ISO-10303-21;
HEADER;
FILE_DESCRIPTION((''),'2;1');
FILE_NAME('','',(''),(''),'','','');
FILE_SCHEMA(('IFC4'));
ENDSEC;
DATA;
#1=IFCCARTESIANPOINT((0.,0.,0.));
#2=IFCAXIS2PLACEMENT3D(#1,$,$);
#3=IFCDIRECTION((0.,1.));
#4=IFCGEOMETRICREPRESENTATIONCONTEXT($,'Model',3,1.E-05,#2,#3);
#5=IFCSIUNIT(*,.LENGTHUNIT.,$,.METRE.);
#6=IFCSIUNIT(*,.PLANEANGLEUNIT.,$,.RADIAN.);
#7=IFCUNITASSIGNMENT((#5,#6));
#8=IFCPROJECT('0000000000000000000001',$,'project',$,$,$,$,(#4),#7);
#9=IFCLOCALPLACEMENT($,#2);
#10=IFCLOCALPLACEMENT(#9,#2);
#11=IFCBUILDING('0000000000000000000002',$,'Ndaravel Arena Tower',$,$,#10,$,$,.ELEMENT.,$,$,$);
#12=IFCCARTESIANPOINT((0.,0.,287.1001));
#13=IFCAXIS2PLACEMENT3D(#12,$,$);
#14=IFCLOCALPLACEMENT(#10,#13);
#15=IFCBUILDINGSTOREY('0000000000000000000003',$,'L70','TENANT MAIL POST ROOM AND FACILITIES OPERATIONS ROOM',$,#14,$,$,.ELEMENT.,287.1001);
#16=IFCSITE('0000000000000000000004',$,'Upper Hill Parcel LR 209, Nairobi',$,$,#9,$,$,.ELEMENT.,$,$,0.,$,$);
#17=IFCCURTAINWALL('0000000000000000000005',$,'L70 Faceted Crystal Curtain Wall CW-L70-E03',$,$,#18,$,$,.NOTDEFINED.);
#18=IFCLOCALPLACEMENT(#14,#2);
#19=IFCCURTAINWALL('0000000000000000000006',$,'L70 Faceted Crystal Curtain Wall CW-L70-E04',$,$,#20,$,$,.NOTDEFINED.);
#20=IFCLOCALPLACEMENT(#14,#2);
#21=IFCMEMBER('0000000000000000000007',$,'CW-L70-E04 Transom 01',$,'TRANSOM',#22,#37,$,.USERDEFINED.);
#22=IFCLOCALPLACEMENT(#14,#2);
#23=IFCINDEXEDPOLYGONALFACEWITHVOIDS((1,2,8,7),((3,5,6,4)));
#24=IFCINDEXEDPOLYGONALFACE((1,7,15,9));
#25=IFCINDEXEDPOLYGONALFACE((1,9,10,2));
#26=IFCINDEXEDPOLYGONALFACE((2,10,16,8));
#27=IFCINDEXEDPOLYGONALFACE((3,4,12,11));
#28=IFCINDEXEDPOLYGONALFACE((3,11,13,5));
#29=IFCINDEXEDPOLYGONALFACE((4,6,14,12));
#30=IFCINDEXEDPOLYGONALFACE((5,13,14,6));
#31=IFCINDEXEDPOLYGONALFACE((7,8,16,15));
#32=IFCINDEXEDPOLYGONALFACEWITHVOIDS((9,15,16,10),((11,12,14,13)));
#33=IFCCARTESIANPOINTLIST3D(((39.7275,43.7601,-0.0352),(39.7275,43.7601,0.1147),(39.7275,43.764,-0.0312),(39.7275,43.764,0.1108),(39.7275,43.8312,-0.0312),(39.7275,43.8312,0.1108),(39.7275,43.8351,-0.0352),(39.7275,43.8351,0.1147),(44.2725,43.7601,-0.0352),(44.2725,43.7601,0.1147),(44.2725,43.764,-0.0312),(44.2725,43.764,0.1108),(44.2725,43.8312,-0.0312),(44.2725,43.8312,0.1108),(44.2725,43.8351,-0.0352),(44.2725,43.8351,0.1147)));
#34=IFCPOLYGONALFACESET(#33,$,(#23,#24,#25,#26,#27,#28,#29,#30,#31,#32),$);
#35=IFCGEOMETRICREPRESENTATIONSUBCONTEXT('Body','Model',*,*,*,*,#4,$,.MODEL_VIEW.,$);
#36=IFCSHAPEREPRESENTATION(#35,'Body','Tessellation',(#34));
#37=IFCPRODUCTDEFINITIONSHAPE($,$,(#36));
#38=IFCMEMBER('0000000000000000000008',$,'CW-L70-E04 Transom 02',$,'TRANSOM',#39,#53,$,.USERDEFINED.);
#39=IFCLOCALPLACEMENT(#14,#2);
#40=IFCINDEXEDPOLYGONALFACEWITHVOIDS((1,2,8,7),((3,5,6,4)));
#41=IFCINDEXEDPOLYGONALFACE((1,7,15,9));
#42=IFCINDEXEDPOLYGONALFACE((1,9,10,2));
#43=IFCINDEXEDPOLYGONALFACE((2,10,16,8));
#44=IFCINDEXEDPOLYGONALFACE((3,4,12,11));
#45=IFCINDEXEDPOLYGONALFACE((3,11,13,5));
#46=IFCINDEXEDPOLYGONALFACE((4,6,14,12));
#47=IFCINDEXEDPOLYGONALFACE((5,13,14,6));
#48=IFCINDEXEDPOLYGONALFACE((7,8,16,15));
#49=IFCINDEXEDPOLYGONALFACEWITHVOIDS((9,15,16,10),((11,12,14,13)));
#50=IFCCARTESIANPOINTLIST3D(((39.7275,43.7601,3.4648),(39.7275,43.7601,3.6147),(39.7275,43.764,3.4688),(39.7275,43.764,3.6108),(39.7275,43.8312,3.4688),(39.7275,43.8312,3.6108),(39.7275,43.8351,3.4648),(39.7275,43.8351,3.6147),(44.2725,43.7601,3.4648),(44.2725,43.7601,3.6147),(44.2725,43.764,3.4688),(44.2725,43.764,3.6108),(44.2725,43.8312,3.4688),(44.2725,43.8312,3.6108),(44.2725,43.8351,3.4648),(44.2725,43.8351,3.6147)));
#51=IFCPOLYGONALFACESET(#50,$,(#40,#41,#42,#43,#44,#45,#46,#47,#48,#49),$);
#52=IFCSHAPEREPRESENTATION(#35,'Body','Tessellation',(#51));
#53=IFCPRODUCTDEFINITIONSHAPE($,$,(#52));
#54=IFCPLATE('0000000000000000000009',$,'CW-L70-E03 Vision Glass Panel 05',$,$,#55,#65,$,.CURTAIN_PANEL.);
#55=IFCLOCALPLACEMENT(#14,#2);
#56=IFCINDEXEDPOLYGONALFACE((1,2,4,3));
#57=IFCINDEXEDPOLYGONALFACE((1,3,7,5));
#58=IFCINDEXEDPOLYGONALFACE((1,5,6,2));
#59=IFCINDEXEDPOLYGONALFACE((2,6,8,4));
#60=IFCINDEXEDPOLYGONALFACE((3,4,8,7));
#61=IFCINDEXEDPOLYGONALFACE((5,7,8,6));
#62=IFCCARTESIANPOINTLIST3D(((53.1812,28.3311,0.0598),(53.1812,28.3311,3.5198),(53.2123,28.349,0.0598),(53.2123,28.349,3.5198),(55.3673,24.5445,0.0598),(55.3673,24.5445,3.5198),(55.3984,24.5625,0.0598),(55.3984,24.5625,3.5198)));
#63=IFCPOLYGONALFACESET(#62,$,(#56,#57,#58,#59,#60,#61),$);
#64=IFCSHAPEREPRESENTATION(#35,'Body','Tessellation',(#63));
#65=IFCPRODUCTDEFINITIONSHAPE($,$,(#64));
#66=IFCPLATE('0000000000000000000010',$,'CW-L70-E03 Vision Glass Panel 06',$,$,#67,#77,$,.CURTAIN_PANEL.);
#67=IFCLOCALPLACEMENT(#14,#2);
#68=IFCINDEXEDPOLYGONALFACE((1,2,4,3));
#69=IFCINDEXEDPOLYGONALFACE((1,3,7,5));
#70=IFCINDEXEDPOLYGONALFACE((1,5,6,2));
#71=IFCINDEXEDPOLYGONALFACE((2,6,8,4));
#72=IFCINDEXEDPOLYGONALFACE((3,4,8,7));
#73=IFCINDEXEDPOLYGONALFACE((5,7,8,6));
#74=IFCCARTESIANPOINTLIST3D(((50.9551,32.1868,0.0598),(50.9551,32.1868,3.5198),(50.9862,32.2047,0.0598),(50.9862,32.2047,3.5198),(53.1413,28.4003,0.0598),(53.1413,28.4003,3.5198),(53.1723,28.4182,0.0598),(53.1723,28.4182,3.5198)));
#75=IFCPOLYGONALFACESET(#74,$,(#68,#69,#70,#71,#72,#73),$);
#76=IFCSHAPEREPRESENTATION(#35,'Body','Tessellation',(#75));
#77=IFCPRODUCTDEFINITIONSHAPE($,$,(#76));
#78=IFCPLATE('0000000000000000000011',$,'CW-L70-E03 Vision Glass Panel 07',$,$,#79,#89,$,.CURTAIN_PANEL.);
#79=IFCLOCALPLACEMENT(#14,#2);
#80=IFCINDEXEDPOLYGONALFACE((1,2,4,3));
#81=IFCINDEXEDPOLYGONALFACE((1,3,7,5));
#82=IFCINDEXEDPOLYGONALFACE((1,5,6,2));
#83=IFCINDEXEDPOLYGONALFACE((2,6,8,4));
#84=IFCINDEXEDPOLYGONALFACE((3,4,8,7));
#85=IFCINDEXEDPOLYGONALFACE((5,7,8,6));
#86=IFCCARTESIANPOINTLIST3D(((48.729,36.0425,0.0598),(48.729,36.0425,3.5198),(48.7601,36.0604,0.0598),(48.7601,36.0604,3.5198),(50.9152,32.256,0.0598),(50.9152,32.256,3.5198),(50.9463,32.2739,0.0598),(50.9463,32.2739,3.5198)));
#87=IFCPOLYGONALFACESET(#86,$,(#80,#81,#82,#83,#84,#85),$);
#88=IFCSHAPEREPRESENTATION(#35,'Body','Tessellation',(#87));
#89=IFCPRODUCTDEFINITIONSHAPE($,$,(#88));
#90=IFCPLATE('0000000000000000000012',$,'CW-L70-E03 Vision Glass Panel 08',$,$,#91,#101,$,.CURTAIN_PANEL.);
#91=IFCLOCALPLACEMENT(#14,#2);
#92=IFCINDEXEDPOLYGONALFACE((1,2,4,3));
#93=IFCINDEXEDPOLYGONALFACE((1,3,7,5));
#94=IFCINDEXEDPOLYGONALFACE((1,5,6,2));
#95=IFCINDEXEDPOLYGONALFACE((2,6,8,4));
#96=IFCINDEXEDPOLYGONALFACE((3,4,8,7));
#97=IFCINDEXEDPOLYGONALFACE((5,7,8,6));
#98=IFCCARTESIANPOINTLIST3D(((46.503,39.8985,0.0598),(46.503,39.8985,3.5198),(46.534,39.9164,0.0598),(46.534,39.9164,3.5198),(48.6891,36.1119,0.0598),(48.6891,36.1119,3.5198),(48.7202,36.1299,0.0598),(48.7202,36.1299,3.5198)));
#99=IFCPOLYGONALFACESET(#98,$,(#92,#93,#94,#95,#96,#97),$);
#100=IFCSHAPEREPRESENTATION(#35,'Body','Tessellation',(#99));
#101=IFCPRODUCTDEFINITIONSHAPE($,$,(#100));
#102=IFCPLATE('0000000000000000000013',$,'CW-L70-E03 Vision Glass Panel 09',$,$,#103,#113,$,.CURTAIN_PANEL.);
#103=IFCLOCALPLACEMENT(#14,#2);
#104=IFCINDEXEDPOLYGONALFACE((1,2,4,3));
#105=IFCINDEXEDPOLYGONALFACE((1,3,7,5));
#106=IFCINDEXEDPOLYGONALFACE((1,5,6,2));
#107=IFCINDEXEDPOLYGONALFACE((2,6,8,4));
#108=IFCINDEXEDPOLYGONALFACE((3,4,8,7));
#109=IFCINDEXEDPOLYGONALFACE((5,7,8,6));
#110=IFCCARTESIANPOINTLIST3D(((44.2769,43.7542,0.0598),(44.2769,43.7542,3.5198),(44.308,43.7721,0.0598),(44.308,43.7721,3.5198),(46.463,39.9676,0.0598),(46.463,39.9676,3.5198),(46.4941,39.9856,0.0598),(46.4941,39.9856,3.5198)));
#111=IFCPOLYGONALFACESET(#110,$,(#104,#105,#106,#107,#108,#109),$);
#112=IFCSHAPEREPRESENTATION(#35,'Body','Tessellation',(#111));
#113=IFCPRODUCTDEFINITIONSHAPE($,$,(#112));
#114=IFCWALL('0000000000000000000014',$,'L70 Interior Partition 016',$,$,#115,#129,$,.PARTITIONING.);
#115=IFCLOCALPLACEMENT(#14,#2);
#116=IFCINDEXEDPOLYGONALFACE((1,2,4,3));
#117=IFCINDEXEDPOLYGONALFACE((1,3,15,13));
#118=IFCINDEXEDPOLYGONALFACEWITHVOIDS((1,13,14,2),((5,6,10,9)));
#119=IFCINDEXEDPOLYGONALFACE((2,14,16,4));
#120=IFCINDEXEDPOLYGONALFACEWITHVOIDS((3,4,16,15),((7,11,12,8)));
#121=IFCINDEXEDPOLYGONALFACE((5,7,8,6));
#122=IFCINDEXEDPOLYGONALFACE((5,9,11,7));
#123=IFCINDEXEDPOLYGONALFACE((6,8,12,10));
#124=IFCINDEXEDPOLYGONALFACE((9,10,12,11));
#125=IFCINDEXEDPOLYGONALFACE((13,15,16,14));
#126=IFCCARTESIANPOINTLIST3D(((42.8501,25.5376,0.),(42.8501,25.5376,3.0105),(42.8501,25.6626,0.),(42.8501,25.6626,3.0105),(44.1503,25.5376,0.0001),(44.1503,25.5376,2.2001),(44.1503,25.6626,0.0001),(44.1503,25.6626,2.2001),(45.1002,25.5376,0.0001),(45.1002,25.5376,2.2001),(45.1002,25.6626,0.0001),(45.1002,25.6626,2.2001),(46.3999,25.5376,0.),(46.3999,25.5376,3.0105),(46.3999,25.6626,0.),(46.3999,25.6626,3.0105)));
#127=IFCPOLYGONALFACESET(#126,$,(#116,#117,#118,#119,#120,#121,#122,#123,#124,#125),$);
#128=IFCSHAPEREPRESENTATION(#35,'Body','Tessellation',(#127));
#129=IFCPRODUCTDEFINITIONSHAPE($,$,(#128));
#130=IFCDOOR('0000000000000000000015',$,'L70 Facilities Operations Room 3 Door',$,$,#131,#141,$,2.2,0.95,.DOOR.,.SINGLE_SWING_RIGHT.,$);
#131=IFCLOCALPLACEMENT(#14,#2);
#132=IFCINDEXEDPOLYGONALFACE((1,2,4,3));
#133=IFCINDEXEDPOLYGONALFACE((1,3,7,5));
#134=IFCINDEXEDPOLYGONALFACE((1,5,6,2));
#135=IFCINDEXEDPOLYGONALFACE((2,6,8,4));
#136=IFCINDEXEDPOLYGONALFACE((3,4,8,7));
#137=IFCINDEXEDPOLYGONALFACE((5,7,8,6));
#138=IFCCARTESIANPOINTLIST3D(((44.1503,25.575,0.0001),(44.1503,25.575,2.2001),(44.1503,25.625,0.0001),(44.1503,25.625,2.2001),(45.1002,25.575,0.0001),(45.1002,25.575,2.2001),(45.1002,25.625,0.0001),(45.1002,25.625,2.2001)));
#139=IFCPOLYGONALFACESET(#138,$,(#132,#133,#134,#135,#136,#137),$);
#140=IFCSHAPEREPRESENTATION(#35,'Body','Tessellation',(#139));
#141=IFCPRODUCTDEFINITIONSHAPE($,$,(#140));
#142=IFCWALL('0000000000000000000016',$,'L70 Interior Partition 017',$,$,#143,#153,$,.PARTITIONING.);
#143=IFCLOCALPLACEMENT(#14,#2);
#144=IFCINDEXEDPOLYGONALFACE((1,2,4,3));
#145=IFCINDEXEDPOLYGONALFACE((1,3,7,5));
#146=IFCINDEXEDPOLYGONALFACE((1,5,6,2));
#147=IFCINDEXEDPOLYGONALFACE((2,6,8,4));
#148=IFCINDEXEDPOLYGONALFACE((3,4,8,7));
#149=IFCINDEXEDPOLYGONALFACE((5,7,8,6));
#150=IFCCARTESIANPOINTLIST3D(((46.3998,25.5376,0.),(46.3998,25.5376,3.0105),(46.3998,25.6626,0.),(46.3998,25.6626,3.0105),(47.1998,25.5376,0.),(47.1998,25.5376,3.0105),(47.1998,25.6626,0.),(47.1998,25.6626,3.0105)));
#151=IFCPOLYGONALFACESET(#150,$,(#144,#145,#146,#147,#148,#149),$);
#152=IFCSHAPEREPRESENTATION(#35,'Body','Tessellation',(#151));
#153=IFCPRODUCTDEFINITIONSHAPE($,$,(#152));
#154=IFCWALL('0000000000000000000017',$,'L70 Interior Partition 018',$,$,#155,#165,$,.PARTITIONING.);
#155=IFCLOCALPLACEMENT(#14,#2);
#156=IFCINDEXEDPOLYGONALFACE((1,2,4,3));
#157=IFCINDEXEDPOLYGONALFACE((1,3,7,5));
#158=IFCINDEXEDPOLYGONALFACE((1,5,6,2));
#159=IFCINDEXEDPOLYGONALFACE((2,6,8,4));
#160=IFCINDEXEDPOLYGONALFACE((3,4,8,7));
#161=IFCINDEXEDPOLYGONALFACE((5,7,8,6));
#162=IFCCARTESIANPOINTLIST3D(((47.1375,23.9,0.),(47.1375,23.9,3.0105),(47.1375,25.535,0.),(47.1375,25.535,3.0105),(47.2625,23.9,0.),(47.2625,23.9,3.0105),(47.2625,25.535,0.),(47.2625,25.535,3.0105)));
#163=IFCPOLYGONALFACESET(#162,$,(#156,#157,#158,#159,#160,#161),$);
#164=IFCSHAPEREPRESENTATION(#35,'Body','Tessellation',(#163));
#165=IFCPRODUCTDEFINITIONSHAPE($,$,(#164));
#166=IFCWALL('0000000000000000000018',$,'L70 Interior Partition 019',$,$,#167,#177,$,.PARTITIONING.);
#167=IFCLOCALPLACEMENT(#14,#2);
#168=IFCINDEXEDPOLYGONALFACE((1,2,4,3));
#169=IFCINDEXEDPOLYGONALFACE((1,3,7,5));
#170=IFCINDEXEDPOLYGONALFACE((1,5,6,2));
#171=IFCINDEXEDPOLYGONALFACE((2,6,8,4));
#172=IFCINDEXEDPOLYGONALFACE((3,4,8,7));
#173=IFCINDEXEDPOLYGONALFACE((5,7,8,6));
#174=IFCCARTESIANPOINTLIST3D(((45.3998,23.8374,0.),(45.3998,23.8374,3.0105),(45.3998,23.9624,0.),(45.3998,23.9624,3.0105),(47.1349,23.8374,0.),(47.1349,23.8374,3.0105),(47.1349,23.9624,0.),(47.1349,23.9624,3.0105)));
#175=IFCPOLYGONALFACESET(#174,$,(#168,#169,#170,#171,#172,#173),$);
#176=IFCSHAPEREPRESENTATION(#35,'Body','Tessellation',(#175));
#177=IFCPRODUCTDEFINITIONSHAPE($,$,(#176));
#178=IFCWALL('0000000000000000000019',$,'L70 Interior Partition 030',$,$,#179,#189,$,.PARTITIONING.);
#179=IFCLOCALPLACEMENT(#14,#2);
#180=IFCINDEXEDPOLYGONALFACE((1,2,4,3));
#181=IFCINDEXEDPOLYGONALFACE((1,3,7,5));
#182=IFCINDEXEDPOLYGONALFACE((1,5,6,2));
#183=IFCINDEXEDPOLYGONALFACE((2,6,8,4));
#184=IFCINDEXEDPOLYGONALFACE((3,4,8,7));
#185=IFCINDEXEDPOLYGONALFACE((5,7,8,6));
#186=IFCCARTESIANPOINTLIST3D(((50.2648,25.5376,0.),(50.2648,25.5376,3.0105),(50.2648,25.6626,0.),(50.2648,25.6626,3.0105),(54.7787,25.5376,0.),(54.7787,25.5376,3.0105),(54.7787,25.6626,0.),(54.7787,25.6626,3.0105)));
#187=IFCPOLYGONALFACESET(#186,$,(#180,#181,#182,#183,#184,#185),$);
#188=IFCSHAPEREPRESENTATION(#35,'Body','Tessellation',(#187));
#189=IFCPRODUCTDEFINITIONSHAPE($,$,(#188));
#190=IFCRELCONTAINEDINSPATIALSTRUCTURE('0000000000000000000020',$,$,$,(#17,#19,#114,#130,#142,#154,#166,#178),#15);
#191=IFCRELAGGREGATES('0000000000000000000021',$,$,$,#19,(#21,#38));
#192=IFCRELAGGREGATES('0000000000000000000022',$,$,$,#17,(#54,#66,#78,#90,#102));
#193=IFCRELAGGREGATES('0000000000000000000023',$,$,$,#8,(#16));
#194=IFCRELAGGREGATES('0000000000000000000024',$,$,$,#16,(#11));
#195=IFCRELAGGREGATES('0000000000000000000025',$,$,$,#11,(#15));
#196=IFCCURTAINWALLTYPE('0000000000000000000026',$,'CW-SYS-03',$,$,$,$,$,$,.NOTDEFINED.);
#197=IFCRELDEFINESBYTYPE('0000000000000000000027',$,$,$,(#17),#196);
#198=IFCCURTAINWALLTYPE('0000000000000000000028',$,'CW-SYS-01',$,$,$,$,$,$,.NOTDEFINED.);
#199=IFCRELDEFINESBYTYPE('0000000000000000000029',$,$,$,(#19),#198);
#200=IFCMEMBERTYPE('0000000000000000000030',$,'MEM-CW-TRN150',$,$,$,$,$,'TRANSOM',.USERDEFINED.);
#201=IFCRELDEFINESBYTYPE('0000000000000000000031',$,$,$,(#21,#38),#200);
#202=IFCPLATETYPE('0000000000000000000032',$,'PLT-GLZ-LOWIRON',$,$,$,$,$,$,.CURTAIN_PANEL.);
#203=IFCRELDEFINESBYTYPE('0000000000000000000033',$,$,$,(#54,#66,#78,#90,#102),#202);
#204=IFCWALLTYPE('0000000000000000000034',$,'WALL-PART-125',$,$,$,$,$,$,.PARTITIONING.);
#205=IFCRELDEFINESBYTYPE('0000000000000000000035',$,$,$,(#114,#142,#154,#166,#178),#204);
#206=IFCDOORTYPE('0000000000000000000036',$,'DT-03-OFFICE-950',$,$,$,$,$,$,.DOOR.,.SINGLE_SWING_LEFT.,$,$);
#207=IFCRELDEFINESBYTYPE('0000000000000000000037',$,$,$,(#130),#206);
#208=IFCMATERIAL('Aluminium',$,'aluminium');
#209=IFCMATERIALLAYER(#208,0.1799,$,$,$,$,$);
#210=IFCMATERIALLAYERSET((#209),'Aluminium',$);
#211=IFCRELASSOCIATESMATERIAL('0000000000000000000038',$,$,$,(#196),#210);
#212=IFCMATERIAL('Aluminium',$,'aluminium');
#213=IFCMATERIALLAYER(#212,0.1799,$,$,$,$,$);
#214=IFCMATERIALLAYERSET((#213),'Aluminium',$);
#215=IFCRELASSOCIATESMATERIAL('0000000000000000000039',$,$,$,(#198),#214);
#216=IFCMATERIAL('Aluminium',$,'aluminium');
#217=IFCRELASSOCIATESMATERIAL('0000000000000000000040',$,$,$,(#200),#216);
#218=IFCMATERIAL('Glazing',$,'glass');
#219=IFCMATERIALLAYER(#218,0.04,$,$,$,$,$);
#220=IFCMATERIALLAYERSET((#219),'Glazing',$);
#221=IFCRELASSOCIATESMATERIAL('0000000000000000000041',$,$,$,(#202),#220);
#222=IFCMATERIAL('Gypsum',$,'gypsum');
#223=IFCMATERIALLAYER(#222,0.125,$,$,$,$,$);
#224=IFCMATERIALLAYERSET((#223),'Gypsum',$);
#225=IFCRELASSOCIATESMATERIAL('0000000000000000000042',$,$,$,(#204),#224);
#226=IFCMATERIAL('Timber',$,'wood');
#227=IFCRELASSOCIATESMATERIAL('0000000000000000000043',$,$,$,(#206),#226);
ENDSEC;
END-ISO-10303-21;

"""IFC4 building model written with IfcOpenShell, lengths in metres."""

from ifc_helpers import new_model, si_unit, direction, frame, frame_2d, origin, origin_2d, place, context, subcontext, project, spatial, rectangle, hollow_rectangle, extrude, material, layer, layer_set, material_profile, profile_set, type_object, element, fill, aggregate, save


model = new_model("IFC4")

# Units and contexts
model_context = context("Model", 3, precision=1e-05, world=origin(), true_north=direction((0.0, 1.0)))
body_context = subcontext(model_context, "Body", "Model", "MODEL_VIEW")
ifc_project = project(units=[si_unit("LENGTHUNIT", "METRE"), si_unit("PLANEANGLEUNIT", "RADIAN")], contexts=[model_context])

# Site, building, storey
site_placement = place(None, origin())
site = spatial("IfcSite", under=ifc_project, at=site_placement, Name="Upper Hill Parcel LR 209, Nairobi", CompositionType="ELEMENT", RefElevation=0.0)
building_placement = place(site_placement, origin())
building = spatial("IfcBuilding", under=site, at=building_placement, Name="Ndaravel Arena Tower", CompositionType="ELEMENT")
storey_placement = place(building_placement, frame((0.0, 0.0, 287.1001)))
storey = spatial("IfcBuildingStorey", under=building, at=storey_placement, Name="L70", Description="TENANT MAIL POST ROOM AND FACILITIES OPERATIONS ROOM", CompositionType="ELEMENT", Elevation=287.1001)

# Curtain walls, members
ifc_material_1 = material(Name="Aluminium", Category="aluminium")
ifc_layer_1 = layer(ifc_material_1, 0.1799)
ifc_layer_set_1 = layer_set([ifc_layer_1], Name="Aluminium")
curtain_wall_type_1 = type_object("IfcCurtainWallType", Name="CW-SYS-03", PredefinedType="NOTDEFINED", material=ifc_layer_set_1)
curtain_wall_1_placement = place(storey_placement, origin())
curtain_wall_1 = element("IfcCurtainWall", 1, at=curtain_wall_1_placement, inside=storey, type_object=curtain_wall_type_1, Name="L70 Faceted Crystal Curtain Wall CW-L70-E03", PredefinedType="NOTDEFINED")
ifc_material_2 = material(Name="Aluminium", Category="aluminium")
ifc_layer_2 = layer(ifc_material_2, 0.1799)
ifc_layer_set_2 = layer_set([ifc_layer_2], Name="Aluminium")
curtain_wall_type_2 = type_object("IfcCurtainWallType", Name="CW-SYS-01", PredefinedType="NOTDEFINED", material=ifc_layer_set_2)
curtain_wall_2_placement = place(storey_placement, origin())
curtain_wall_2 = element("IfcCurtainWall", 2, at=curtain_wall_2_placement, inside=storey, type_object=curtain_wall_type_2, Name="L70 Faceted Crystal Curtain Wall CW-L70-E04", PredefinedType="NOTDEFINED")
ifc_material_3 = material(Name="Aluminium", Category="aluminium")
ifc_material_profile_1 = material_profile(ifc_material_3, hollow_rectangle(XDim=0.075, YDim=0.1499, WallThickness=0.0039, at=origin_2d()), Name="CW TRANSOM 75x150x4")
ifc_profile_set_1 = profile_set([ifc_material_profile_1], Name="Aluminium")
member_type_1 = type_object("IfcMemberType", Name="MEM-CW-TRN150", ElementType="TRANSOM", PredefinedType="USERDEFINED", material=ifc_profile_set_1)
member_1_placement = place(storey_placement, frame((44.2725, 43.7976, 0.0398), z_axis=(-1.0, 0.0, 0.0), x_axis=(0.0, -1.0, 0.0)))
member_1 = element("IfcMember", 3, at=member_1_placement, type_object=member_type_1, Name="CW-L70-E04 Transom 01", ObjectType="TRANSOM", PredefinedType="USERDEFINED", context=body_context, shape_type="SweptSolid", body=[
    extrude(hollow_rectangle(XDim=0.075, YDim=0.1499, WallThickness=0.0039, at=origin_2d()), origin(), (0.0, 0.0, 1.0), 4.5449),
])
member_2_placement = place(storey_placement, frame((44.2725, 43.7976, 3.5398), z_axis=(-1.0, 0.0, 0.0), x_axis=(0.0, -1.0, 0.0)))
member_2 = element("IfcMember", 4, at=member_2_placement, type_object=member_type_1, Name="CW-L70-E04 Transom 02", ObjectType="TRANSOM", PredefinedType="USERDEFINED", context=body_context, shape_type="SweptSolid", body=[
    extrude(hollow_rectangle(XDim=0.075, YDim=0.1499, WallThickness=0.0039, at=origin_2d()), origin(), (0.0, 0.0, 1.0), 4.5449),
])
aggregate(curtain_wall_2, [member_1, member_2])

# Plates
ifc_material_4 = material(Name="Glazing", Category="glass")
ifc_layer_3 = layer(ifc_material_4, 0.04)
ifc_layer_set_3 = layer_set([ifc_layer_3], Name="Glazing")
plate_type = type_object("IfcPlateType", Name="PLT-GLZ-LOWIRON", PredefinedType="CURTAIN_PANEL", material=ifc_layer_set_3)
plate_1_placement = place(storey_placement, frame((54.2898, 26.4468, 0.0598), z_axis=(0.0, 0.0, 1.0), x_axis=(-0.5, 0.866025, 0.0)))
plate_1 = element("IfcPlate", 5, at=plate_1_placement, type_object=plate_type, Name="CW-L70-E03 Vision Glass Panel 05", PredefinedType="CURTAIN_PANEL", context=body_context, shape_type="SweptSolid", body=[
    extrude(rectangle(XDim=4.3723, YDim=0.0359, at=origin_2d()), origin(), (0.0, 0.0, 1.0), 3.46),
])
plate_2_placement = place(storey_placement, frame((52.0637, 30.3025, 0.0598), z_axis=(0.0, 0.0, 1.0), x_axis=(-0.5, 0.866025, 0.0)))
plate_2 = element("IfcPlate", 6, at=plate_2_placement, type_object=plate_type, Name="CW-L70-E03 Vision Glass Panel 06", PredefinedType="CURTAIN_PANEL", context=body_context, shape_type="SweptSolid", body=[
    extrude(rectangle(XDim=4.3723, YDim=0.0359, at=origin_2d()), origin(), (0.0, 0.0, 1.0), 3.46),
])
plate_3_placement = place(storey_placement, frame((49.8376, 34.1582, 0.0598), z_axis=(0.0, 0.0, 1.0), x_axis=(-0.5, 0.866025, 0.0)))
plate_3 = element("IfcPlate", 7, at=plate_3_placement, type_object=plate_type, Name="CW-L70-E03 Vision Glass Panel 07", PredefinedType="CURTAIN_PANEL", context=body_context, shape_type="SweptSolid", body=[
    extrude(rectangle(XDim=4.3723, YDim=0.0359, at=origin_2d()), origin(), (0.0, 0.0, 1.0), 3.46),
])
plate_4_placement = place(storey_placement, frame((47.6116, 38.0142, 0.0598), z_axis=(0.0, 0.0, 1.0), x_axis=(-0.5, 0.866025, 0.0)))
plate_4 = element("IfcPlate", 8, at=plate_4_placement, type_object=plate_type, Name="CW-L70-E03 Vision Glass Panel 08", PredefinedType="CURTAIN_PANEL", context=body_context, shape_type="SweptSolid", body=[
    extrude(rectangle(XDim=4.3723, YDim=0.0359, at=origin_2d()), origin(), (0.0, 0.0, 1.0), 3.46),
])
plate_5_placement = place(storey_placement, frame((45.3855, 41.8699, 0.0598), z_axis=(0.0, 0.0, 1.0), x_axis=(-0.5, 0.866025, 0.0)))
plate_5 = element("IfcPlate", 9, at=plate_5_placement, type_object=plate_type, Name="CW-L70-E03 Vision Glass Panel 09", PredefinedType="CURTAIN_PANEL", context=body_context, shape_type="SweptSolid", body=[
    extrude(rectangle(XDim=4.3723, YDim=0.0359, at=origin_2d()), origin(), (0.0, 0.0, 1.0), 3.46),
])
aggregate(curtain_wall_1, [plate_1, plate_2, plate_3, plate_4, plate_5])

# Wall, opening, door
ifc_material_5 = material(Name="Gypsum", Category="gypsum")
ifc_layer_4 = layer(ifc_material_5, 0.125)
ifc_layer_set_4 = layer_set([ifc_layer_4], Name="Gypsum")
wall_type_1 = type_object("IfcWallType", Name="WALL-PART-125", PredefinedType="PARTITIONING", material=ifc_layer_set_4)
wall_1_placement = place(storey_placement, frame((42.8501, 25.6001, 0.0), z_axis=(0.0, 0.0, 1.0), x_axis=(1.0, 0.0, 0.0)))
wall_1 = element("IfcWall", 10, at=wall_1_placement, inside=storey, type_object=wall_type_1, Name="L70 Interior Partition 016", PredefinedType="PARTITIONING", context=body_context, shape_type="SweptSolid", body=[
    extrude(rectangle(XDim=3.5498, YDim=0.125, at=frame_2d((1.7749, 0.0))), origin(), (0.0, 0.0, 1.0), 3.0105),
])
opening_placement = place(wall_1_placement, frame((1.3, 0.0, 0.0)))
opening = element("IfcOpeningElement", 11, at=opening_placement, cuts=wall_1, PredefinedType="OPENING", context=body_context, shape_type="SweptSolid", body=[
    extrude(rectangle(XDim=0.95, YDim=2.2, at=frame_2d((0.4751, 1.1001))), frame((0.0, 0.0625, 0.0), z_axis=(0.0, -1.0, 0.0), x_axis=(1.0, 0.0, 0.0)), (0.0, 0.0, 1.0), 0.125),
])
ifc_material_6 = material(Name="Timber", Category="wood")
door_type = type_object("IfcDoorType", Name="DT-03-OFFICE-950", OperationType="SINGLE_SWING_LEFT", PredefinedType="DOOR", material=ifc_material_6)
door_placement = place(opening_placement, origin())
door = element("IfcDoor", 12, at=door_placement, inside=storey, type_object=door_type, Name="L70 Facilities Operations Room 3 Door", OperationType="SINGLE_SWING_RIGHT", OverallHeight=2.2, OverallWidth=0.95, PredefinedType="DOOR", context=body_context, shape_type="SweptSolid", body=[
    extrude(rectangle(XDim=0.95, YDim=2.2, at=frame_2d((0.4751, 1.1001))), frame((0.0, 0.0249, 0.0), z_axis=(0.0, -1.0, 0.0), x_axis=(1.0, 0.0, 0.0)), (0.0, 0.0, 1.0), 0.05),
])
fill(opening, door)

# Walls
wall_2_placement = place(storey_placement, frame((46.3999, 25.6001, 0.0), z_axis=(0.0, 0.0, 1.0), x_axis=(1.0, 0.0, 0.0)))
element("IfcWall", 13, at=wall_2_placement, inside=storey, type_object=wall_type_1, Name="L70 Interior Partition 017", PredefinedType="PARTITIONING", context=body_context, shape_type="SweptSolid", body=[
    extrude(rectangle(XDim=0.8, YDim=0.125, at=frame_2d((0.3999, 0.0))), origin(), (0.0, 0.0, 1.0), 3.0105),
])
wall_3_placement = place(storey_placement, frame((47.2, 25.5349, 0.0), z_axis=(0.0, 0.0, 1.0), x_axis=(0.0, -1.0, 0.0)))
element("IfcWall", 14, at=wall_3_placement, inside=storey, type_object=wall_type_1, Name="L70 Interior Partition 018", PredefinedType="PARTITIONING", context=body_context, shape_type="SweptSolid", body=[
    extrude(rectangle(XDim=1.635, YDim=0.125, at=frame_2d((0.8174, 0.0))), origin(), (0.0, 0.0, 1.0), 3.0105),
])
wall_4_placement = place(storey_placement, frame((47.135, 23.8999, 0.0), z_axis=(0.0, 0.0, 1.0), x_axis=(-1.0, 0.0, 0.0)))
element("IfcWall", 15, at=wall_4_placement, inside=storey, type_object=wall_type_1, Name="L70 Interior Partition 019", PredefinedType="PARTITIONING", context=body_context, shape_type="SweptSolid", body=[
    extrude(rectangle(XDim=1.7351, YDim=0.125, at=frame_2d((0.8677, 0.0))), origin(), (0.0, 0.0, 1.0), 3.0105),
])
wall_5_placement = place(storey_placement, frame((50.2649, 25.6001, 0.0), z_axis=(0.0, 0.0, 1.0), x_axis=(1.0, 0.0, 0.0)))
element("IfcWall", 16, at=wall_5_placement, inside=storey, type_object=wall_type_1, Name="L70 Interior Partition 030", PredefinedType="PARTITIONING", context=body_context, shape_type="SweptSolid", body=[
    extrude(rectangle(XDim=4.5139, YDim=0.125, at=frame_2d((2.2568, 0.0))), origin(), (0.0, 0.0, 1.0), 3.0105),
])

save(model, "model.ifc")
